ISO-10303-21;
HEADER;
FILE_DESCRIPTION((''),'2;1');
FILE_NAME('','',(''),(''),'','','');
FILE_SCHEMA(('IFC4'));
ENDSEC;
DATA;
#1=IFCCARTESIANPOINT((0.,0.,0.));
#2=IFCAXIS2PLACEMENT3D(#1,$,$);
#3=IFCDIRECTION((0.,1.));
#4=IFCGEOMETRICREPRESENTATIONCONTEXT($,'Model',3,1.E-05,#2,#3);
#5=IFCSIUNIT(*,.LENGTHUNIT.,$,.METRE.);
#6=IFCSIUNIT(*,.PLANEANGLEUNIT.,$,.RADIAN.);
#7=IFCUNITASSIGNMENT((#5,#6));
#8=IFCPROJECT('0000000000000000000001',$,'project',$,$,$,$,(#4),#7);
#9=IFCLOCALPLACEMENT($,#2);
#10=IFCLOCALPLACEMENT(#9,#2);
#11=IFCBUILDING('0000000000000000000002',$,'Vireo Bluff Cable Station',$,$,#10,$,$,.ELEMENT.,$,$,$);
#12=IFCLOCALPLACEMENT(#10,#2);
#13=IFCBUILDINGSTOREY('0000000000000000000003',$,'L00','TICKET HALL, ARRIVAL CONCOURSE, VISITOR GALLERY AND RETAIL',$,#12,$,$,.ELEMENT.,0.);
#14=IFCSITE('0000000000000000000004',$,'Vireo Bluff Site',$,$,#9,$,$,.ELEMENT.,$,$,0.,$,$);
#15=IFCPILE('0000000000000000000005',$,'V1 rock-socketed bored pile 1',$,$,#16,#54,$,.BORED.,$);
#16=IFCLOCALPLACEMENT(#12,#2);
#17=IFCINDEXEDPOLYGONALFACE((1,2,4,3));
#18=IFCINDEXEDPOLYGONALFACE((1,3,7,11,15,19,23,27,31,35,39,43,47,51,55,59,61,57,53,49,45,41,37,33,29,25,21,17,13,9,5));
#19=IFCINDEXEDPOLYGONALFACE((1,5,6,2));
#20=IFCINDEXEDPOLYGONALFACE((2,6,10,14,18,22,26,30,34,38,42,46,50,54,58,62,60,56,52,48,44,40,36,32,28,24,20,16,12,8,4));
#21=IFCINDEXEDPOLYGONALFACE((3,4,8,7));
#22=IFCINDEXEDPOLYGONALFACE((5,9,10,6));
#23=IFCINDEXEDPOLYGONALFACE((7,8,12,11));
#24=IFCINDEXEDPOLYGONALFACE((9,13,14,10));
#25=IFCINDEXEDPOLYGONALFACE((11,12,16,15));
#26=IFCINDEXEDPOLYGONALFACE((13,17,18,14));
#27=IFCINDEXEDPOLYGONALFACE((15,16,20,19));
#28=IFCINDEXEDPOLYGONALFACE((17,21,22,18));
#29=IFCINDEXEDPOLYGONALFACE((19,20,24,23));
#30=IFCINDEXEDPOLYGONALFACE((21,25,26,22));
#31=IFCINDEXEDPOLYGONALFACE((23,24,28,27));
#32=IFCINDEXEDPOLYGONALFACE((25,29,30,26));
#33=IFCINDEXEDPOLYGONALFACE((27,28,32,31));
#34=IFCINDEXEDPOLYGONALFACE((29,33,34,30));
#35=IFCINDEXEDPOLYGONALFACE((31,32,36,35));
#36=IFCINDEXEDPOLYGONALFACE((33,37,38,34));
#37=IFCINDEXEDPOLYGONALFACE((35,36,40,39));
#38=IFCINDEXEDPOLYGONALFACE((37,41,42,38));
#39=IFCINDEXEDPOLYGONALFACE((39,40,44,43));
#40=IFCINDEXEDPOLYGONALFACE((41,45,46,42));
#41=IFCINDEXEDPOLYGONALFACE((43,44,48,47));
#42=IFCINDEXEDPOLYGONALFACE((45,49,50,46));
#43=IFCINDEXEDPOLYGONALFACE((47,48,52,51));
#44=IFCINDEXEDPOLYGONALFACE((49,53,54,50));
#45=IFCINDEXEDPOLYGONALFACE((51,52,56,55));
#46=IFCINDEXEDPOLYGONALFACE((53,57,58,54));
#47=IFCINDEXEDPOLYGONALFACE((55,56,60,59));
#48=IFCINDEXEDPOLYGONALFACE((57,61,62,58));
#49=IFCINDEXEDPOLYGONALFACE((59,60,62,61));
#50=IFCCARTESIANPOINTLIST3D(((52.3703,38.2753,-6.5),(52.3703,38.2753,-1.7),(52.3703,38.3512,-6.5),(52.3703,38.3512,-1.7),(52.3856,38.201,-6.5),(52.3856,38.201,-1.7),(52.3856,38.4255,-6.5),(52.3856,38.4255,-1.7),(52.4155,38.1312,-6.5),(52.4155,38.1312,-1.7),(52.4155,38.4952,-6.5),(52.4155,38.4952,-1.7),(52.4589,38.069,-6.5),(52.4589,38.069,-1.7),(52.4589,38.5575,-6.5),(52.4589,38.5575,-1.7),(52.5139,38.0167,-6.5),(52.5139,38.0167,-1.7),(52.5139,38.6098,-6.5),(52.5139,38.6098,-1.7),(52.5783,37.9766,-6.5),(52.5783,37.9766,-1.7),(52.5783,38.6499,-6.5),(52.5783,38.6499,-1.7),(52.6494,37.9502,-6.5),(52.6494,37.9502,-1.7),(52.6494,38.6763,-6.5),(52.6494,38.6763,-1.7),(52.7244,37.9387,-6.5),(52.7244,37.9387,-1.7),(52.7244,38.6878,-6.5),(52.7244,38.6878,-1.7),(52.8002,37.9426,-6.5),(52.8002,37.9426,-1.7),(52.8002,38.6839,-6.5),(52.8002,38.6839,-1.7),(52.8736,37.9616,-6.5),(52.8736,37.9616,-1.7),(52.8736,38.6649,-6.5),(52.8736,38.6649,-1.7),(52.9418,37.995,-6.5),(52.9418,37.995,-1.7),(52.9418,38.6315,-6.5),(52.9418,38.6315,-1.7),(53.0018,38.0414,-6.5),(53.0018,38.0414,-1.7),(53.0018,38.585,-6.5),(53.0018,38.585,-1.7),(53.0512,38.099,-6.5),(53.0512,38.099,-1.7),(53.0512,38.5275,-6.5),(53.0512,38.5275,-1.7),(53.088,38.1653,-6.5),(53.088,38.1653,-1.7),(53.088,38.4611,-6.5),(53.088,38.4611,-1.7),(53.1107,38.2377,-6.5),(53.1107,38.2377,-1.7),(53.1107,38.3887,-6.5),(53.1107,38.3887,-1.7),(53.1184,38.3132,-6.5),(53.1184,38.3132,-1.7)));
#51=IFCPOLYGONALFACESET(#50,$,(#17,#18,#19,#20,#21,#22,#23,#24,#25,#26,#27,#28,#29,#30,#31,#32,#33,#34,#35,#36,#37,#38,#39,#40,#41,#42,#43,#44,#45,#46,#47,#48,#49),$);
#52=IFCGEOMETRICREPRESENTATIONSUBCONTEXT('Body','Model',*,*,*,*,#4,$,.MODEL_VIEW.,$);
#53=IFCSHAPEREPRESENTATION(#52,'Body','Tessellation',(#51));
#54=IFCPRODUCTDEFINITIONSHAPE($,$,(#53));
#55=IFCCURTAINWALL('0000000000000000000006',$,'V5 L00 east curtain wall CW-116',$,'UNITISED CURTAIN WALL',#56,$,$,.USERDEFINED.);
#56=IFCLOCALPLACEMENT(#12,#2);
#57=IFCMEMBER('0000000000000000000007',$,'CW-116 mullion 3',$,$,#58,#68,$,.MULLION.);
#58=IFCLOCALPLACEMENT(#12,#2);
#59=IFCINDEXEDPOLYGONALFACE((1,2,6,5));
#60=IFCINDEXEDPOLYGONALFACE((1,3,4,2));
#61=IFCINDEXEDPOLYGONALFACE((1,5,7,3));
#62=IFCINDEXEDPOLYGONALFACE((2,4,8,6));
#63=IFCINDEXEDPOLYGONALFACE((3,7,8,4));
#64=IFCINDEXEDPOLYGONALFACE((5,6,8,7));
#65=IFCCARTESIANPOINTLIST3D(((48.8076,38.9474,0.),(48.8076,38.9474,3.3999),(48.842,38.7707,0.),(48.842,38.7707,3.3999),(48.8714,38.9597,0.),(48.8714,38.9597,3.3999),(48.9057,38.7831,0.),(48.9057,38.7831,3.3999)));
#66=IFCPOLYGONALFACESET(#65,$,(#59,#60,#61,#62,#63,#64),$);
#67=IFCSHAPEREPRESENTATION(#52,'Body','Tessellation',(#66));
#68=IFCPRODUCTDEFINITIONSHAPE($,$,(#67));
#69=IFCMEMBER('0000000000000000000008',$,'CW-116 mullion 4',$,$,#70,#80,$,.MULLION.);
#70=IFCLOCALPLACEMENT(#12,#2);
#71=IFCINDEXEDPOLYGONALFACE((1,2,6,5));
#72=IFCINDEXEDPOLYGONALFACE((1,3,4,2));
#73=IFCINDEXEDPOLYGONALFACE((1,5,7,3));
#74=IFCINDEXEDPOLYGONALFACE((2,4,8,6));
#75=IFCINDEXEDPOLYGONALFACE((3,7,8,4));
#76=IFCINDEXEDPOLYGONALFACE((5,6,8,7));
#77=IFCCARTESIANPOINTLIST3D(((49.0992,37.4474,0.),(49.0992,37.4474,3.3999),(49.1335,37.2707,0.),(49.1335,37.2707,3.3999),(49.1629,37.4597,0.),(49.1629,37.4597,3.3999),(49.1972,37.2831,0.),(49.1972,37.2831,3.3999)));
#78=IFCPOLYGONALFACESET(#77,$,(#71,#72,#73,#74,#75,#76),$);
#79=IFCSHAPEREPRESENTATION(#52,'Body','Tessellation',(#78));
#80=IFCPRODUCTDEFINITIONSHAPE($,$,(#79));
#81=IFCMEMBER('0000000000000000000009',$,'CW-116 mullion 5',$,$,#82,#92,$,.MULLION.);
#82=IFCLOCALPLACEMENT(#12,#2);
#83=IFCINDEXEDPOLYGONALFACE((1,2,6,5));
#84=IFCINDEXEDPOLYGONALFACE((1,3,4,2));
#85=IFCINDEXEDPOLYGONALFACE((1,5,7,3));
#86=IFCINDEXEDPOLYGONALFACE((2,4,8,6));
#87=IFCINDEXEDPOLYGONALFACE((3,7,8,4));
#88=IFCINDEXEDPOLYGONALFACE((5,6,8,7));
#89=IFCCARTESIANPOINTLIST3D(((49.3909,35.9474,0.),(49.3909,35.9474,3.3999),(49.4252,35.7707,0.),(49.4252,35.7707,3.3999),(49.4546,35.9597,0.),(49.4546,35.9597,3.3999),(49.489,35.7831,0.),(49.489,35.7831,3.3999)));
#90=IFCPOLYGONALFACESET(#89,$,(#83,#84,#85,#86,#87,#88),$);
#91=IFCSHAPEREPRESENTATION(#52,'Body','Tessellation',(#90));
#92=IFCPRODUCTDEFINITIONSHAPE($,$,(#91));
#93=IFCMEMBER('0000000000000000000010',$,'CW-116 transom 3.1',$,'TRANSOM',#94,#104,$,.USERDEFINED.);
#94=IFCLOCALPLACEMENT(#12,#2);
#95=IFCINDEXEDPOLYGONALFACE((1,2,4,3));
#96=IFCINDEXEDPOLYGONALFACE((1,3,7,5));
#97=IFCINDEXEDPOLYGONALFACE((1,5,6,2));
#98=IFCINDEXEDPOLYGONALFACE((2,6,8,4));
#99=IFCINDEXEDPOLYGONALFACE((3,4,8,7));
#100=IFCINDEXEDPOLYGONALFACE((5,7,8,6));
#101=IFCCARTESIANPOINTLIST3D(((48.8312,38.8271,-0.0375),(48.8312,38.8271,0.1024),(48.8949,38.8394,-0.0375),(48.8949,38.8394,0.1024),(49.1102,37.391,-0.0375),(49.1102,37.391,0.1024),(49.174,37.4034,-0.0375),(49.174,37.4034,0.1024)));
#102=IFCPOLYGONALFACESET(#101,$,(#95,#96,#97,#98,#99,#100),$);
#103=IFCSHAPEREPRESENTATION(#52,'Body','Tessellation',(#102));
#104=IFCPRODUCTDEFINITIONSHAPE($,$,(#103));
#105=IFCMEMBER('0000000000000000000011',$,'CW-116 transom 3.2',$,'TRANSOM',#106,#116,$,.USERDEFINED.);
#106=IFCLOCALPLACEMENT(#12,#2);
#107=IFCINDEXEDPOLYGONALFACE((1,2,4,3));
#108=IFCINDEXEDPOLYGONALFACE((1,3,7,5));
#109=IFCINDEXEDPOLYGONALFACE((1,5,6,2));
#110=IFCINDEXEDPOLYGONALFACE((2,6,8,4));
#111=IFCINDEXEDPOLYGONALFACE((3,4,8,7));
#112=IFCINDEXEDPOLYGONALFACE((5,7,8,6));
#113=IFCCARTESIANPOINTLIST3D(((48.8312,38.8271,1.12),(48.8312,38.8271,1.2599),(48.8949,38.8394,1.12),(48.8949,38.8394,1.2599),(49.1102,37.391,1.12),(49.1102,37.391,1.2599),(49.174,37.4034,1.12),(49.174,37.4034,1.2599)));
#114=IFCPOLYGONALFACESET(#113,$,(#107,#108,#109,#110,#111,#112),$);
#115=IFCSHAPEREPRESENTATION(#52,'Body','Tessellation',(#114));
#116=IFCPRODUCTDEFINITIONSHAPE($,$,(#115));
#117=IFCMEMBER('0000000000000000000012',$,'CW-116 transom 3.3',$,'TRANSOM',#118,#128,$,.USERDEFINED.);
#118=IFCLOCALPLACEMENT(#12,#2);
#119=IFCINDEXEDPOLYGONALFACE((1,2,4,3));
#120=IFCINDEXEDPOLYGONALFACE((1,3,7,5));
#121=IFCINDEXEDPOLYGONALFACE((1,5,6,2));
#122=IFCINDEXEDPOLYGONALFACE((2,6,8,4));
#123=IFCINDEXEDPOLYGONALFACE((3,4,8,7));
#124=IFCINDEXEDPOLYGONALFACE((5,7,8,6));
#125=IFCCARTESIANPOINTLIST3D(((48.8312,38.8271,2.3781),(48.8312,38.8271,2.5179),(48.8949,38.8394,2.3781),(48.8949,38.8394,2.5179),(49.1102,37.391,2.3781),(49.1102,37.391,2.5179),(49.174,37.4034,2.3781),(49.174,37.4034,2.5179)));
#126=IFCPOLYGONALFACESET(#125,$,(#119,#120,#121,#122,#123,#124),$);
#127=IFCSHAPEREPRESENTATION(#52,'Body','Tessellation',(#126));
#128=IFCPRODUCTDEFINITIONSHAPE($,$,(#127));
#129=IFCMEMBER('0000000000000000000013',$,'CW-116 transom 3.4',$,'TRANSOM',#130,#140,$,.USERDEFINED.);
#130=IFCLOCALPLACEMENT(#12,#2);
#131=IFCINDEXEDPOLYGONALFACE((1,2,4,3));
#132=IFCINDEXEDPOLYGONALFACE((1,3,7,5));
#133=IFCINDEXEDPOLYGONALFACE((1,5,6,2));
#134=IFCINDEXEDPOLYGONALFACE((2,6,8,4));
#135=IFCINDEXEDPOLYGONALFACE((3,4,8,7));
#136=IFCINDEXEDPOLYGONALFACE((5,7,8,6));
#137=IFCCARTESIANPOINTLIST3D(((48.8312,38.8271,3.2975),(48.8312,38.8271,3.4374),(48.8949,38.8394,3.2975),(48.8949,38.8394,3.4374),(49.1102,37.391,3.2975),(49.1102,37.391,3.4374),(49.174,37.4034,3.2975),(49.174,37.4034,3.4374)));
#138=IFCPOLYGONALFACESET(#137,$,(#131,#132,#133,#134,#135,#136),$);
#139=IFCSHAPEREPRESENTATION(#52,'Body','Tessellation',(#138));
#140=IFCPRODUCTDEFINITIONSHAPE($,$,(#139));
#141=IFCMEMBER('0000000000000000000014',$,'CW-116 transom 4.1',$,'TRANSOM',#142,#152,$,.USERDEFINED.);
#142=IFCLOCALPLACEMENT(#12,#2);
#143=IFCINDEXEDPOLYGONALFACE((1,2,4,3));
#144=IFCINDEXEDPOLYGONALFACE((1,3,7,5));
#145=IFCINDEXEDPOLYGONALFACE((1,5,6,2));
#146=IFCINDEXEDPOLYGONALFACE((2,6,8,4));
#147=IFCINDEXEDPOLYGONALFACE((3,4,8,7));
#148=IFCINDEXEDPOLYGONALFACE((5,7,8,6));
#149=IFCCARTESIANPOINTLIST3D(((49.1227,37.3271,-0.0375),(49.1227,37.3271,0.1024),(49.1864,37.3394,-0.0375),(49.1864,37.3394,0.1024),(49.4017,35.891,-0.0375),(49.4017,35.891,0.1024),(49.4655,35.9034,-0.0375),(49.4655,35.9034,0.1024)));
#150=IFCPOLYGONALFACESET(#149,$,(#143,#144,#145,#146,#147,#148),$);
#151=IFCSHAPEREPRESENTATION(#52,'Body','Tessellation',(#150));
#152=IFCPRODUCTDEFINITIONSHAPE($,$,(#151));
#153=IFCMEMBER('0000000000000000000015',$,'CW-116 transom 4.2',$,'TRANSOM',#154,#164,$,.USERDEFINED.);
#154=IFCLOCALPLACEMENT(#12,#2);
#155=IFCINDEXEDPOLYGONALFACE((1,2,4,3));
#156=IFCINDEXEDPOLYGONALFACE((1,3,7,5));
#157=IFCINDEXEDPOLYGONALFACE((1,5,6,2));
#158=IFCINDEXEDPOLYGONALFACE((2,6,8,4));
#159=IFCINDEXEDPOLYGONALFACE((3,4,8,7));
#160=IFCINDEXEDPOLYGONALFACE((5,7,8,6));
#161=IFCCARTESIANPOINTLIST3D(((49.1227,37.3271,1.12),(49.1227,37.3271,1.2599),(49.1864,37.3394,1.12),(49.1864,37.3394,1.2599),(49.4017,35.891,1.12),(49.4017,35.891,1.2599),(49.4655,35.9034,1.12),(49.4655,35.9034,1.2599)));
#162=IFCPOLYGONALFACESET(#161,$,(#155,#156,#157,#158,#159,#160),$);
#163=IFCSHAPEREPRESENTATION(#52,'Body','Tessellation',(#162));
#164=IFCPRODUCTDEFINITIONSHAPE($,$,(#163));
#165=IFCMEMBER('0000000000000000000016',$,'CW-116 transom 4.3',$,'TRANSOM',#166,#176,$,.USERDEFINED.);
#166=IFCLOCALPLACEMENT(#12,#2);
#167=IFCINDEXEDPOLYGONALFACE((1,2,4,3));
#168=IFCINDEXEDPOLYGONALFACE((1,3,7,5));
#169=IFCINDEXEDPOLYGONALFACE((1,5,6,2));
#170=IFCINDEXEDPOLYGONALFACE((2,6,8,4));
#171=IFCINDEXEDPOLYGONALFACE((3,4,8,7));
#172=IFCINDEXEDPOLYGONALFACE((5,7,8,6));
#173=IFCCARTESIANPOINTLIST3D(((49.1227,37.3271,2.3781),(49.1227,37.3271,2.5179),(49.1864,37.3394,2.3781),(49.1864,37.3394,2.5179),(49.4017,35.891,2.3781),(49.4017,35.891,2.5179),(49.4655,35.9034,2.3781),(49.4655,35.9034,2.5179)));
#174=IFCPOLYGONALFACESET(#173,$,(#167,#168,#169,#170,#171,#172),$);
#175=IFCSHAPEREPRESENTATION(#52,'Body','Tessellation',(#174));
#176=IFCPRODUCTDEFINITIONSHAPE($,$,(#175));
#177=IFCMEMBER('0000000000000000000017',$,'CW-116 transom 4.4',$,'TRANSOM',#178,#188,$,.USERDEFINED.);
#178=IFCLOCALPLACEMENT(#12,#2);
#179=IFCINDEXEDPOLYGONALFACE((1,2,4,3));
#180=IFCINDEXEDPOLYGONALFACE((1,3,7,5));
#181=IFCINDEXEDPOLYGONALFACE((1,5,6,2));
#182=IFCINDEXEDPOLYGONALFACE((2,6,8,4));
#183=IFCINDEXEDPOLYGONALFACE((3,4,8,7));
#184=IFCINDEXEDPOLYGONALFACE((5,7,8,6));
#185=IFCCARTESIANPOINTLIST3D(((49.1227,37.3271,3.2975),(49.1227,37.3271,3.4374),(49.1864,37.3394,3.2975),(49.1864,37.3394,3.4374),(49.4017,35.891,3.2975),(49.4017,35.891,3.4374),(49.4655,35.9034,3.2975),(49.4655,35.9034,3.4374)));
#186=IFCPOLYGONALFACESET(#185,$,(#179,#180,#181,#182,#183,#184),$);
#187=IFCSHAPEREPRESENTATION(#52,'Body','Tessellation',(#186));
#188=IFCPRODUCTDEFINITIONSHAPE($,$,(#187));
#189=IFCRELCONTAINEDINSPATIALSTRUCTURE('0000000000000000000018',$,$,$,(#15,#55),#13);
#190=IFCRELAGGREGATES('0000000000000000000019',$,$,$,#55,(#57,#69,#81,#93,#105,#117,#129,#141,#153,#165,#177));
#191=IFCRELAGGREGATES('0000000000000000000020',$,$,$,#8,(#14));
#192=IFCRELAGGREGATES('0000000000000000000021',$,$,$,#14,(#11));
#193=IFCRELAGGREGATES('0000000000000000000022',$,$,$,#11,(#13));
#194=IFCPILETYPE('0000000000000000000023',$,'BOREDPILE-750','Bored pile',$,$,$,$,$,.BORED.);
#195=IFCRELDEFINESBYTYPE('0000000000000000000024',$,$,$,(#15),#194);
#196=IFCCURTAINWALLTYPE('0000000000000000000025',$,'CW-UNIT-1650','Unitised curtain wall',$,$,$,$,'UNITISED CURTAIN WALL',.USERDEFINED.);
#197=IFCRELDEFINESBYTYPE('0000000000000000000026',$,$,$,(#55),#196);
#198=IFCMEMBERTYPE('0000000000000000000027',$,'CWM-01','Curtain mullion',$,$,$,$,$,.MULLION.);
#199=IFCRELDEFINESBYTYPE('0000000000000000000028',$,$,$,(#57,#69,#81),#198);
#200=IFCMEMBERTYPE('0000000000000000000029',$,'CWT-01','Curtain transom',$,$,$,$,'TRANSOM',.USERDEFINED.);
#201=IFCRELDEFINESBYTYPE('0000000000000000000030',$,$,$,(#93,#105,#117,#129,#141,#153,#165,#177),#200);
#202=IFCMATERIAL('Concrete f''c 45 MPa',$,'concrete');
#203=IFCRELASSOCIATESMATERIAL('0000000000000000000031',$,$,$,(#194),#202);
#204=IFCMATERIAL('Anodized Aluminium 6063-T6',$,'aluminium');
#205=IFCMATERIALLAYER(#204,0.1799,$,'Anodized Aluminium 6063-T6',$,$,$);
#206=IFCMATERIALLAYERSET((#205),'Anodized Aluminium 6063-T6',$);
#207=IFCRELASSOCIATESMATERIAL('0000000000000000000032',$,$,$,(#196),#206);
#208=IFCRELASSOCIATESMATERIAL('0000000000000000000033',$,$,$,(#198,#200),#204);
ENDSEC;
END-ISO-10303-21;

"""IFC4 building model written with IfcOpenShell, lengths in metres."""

from ifc_helpers import new_model, si_unit, direction, frame, origin, origin_2d, place, context, subcontext, project, spatial, rectangle, circle, extrude, material, layer, layer_set, material_profile, profile_set, type_object, element, aggregate, save


model = new_model("IFC4")

# Units and contexts
model_context = context("Model", 3, precision=1e-05, world=origin(), true_north=direction((0.0, 1.0)))
body_context = subcontext(model_context, "Body", "Model", "MODEL_VIEW")
ifc_project = project(units=[si_unit("LENGTHUNIT", "METRE"), si_unit("PLANEANGLEUNIT", "RADIAN")], contexts=[model_context])

# Site, building, storey
site_placement = place(None, origin())
site = spatial("IfcSite", under=ifc_project, at=site_placement, Name="Vireo Bluff Site", CompositionType="ELEMENT", RefElevation=0.0)
building_placement = place(site_placement, origin())
building = spatial("IfcBuilding", under=site, at=building_placement, Name="Vireo Bluff Cable Station", CompositionType="ELEMENT")
storey_placement = place(building_placement, origin())
storey = spatial("IfcBuildingStorey", under=building, at=storey_placement, Name="L00", Description="TICKET HALL, ARRIVAL CONCOURSE, VISITOR GALLERY AND RETAIL", CompositionType="ELEMENT", Elevation=0.0)

# Pile
ifc_material_1 = material(Name="Concrete f'c 45 MPa", Category="concrete")
ifc_material_profile_1 = material_profile(ifc_material_1, circle(Radius=0.375, at=origin_2d()), Name="BOREDPILE-750")
ifc_profile_set_1 = profile_set([ifc_material_profile_1], Name="Concrete f'c 45 MPa")
pile_type = type_object("IfcPileType", Name="BOREDPILE-750", Description="Bored pile", PredefinedType="BORED", material=ifc_profile_set_1)
pile_placement = place(storey_placement, frame((52.7434, 38.3132, -1.7), z_axis=(0.0, 0.0, -1.0), x_axis=(1.0, 0.0, 0.0)))
element("IfcPile", 1, at=pile_placement, inside=storey, type_object=pile_type, Name="V1 rock-socketed bored pile 1", PredefinedType="BORED", context=body_context, shape_type="SweptSolid", body=[
    extrude(circle(Radius=0.375, at=origin_2d()), origin(), (0.0, 0.0, 1.0), 4.8),
])

# Curtain wall, members
ifc_material_2 = material(Name="Anodized Aluminium 6063-T6", Category="aluminium")
ifc_layer_1 = layer(ifc_material_2, 0.1799, Name="Anodized Aluminium 6063-T6")
ifc_layer_set_1 = layer_set([ifc_layer_1], Name="Anodized Aluminium 6063-T6")
curtain_wall_type = type_object("IfcCurtainWallType", Name="CW-UNIT-1650", Description="Unitised curtain wall", ElementType="UNITISED CURTAIN WALL", PredefinedType="USERDEFINED", material=ifc_layer_set_1)
curtain_wall_placement = place(storey_placement, origin())
curtain_wall = element("IfcCurtainWall", 2, at=curtain_wall_placement, inside=storey, type_object=curtain_wall_type, Name="V5 L00 east curtain wall CW-116", ObjectType="UNITISED CURTAIN WALL", PredefinedType="USERDEFINED")
ifc_material_profile_2 = material_profile(ifc_material_2, rectangle(XDim=0.0649, YDim=0.1799, at=origin_2d()), Name="ALU-M-65X180")
ifc_profile_set_2 = profile_set([ifc_material_profile_2], Name="Anodized Aluminium 6063-T6")
member_type_1 = type_object("IfcMemberType", Name="CWM-01", Description="Curtain mullion", PredefinedType="MULLION", material=ifc_profile_set_2)
member_1_placement = place(storey_placement, frame((48.8567, 38.8652, 0.0), z_axis=(0.0, 0.0, 1.0), x_axis=(0.981627, 0.190809, 0.0)))
member_1 = element("IfcMember", 3, at=member_1_placement, type_object=member_type_1, Name="CW-116 mullion 3", PredefinedType="MULLION", context=body_context, shape_type="SweptSolid", body=[
    extrude(rectangle(XDim=0.0649, YDim=0.1799, at=origin_2d()), origin(), (0.0, 0.0, 1.0), 3.3999),
])
member_2_placement = place(storey_placement, frame((49.1482, 37.3652, 0.0), z_axis=(0.0, 0.0, 1.0), x_axis=(0.981627, 0.190809, 0.0)))
member_2 = element("IfcMember", 4, at=member_2_placement, type_object=member_type_1, Name="CW-116 mullion 4", PredefinedType="MULLION", context=body_context, shape_type="SweptSolid", body=[
    extrude(rectangle(XDim=0.0649, YDim=0.1799, at=origin_2d()), origin(), (0.0, 0.0, 1.0), 3.3999),
])
member_3_placement = place(storey_placement, frame((49.4399, 35.8652, 0.0), z_axis=(0.0, 0.0, 1.0), x_axis=(0.981627, 0.190809, 0.0)))
member_3 = element("IfcMember", 5, at=member_3_placement, type_object=member_type_1, Name="CW-116 mullion 5", PredefinedType="MULLION", context=body_context, shape_type="SweptSolid", body=[
    extrude(rectangle(XDim=0.0649, YDim=0.1799, at=origin_2d()), origin(), (0.0, 0.0, 1.0), 3.3999),
])
ifc_material_profile_3 = material_profile(ifc_material_2, rectangle(XDim=0.0649, YDim=0.1399, at=origin_2d()), Name="ALU-T-65X140")
ifc_profile_set_3 = profile_set([ifc_material_profile_3], Name="Anodized Aluminium 6063-T6")
member_type_2 = type_object("IfcMemberType", Name="CWT-01", Description="Curtain transom", ElementType="TRANSOM", PredefinedType="USERDEFINED", material=ifc_profile_set_3)
member_4_placement = place(storey_placement, frame((48.863, 38.8333, 0.0325), z_axis=(0.190754, -0.981638, 0.0), x_axis=(0.981638, 0.190754, 0.0)))
member_4 = element("IfcMember", 6, at=member_4_placement, type_object=member_type_2, Name="CW-116 transom 3.1", ObjectType="TRANSOM", PredefinedType="USERDEFINED", context=body_context, shape_type="SweptSolid", body=[
    extrude(rectangle(XDim=0.0649, YDim=0.1399, at=origin_2d()), origin(), (0.0, 0.0, 1.0), 1.4629),
])
member_5_placement = place(storey_placement, frame((48.863, 38.8333, 1.1899), z_axis=(0.190754, -0.981638, 0.0), x_axis=(0.981638, 0.190754, 0.0)))
member_5 = element("IfcMember", 7, at=member_5_placement, type_object=member_type_2, Name="CW-116 transom 3.2", ObjectType="TRANSOM", PredefinedType="USERDEFINED", context=body_context, shape_type="SweptSolid", body=[
    extrude(rectangle(XDim=0.0649, YDim=0.1399, at=origin_2d()), origin(), (0.0, 0.0, 1.0), 1.4629),
])
member_6_placement = place(storey_placement, frame((48.863, 38.8333, 2.448), z_axis=(0.190754, -0.981638, 0.0), x_axis=(0.981638, 0.190754, 0.0)))
member_6 = element("IfcMember", 8, at=member_6_placement, type_object=member_type_2, Name="CW-116 transom 3.3", ObjectType="TRANSOM", PredefinedType="USERDEFINED", context=body_context, shape_type="SweptSolid", body=[
    extrude(rectangle(XDim=0.0649, YDim=0.1399, at=origin_2d()), origin(), (0.0, 0.0, 1.0), 1.4629),
])
member_7_placement = place(storey_placement, frame((48.863, 38.8333, 3.3674), z_axis=(0.190754, -0.981638, 0.0), x_axis=(0.981638, 0.190754, 0.0)))
member_7 = element("IfcMember", 9, at=member_7_placement, type_object=member_type_2, Name="CW-116 transom 3.4", ObjectType="TRANSOM", PredefinedType="USERDEFINED", context=body_context, shape_type="SweptSolid", body=[
    extrude(rectangle(XDim=0.0649, YDim=0.1399, at=origin_2d()), origin(), (0.0, 0.0, 1.0), 1.4629),
])
member_8_placement = place(storey_placement, frame((49.1545, 37.3333, 0.0325), z_axis=(0.190754, -0.981638, 0.0), x_axis=(0.981638, 0.190754, 0.0)))
member_8 = element("IfcMember", 10, at=member_8_placement, type_object=member_type_2, Name="CW-116 transom 4.1", ObjectType="TRANSOM", PredefinedType="USERDEFINED", context=body_context, shape_type="SweptSolid", body=[
    extrude(rectangle(XDim=0.0649, YDim=0.1399, at=origin_2d()), origin(), (0.0, 0.0, 1.0), 1.4629),
])
member_9_placement = place(storey_placement, frame((49.1545, 37.3333, 1.1899), z_axis=(0.190754, -0.981638, 0.0), x_axis=(0.981638, 0.190754, 0.0)))
member_9 = element("IfcMember", 11, at=member_9_placement, type_object=member_type_2, Name="CW-116 transom 4.2", ObjectType="TRANSOM", PredefinedType="USERDEFINED", context=body_context, shape_type="SweptSolid", body=[
    extrude(rectangle(XDim=0.0649, YDim=0.1399, at=origin_2d()), origin(), (0.0, 0.0, 1.0), 1.4629),
])
member_10_placement = place(storey_placement, frame((49.1545, 37.3333, 2.448), z_axis=(0.190754, -0.981638, 0.0), x_axis=(0.981638, 0.190754, 0.0)))
member_10 = element("IfcMember", 12, at=member_10_placement, type_object=member_type_2, Name="CW-116 transom 4.3", ObjectType="TRANSOM", PredefinedType="USERDEFINED", context=body_context, shape_type="SweptSolid", body=[
    extrude(rectangle(XDim=0.0649, YDim=0.1399, at=origin_2d()), origin(), (0.0, 0.0, 1.0), 1.4629),
])
member_11_placement = place(storey_placement, frame((49.1545, 37.3333, 3.3674), z_axis=(0.190754, -0.981638, 0.0), x_axis=(0.981638, 0.190754, 0.0)))
member_11 = element("IfcMember", 13, at=member_11_placement, type_object=member_type_2, Name="CW-116 transom 4.4", ObjectType="TRANSOM", PredefinedType="USERDEFINED", context=body_context, shape_type="SweptSolid", body=[
    extrude(rectangle(XDim=0.0649, YDim=0.1399, at=origin_2d()), origin(), (0.0, 0.0, 1.0), 1.4629),
])
aggregate(curtain_wall, [member_1, member_2, member_3, member_4, member_5, member_6, member_7, member_8, member_9, member_10, member_11])

save(model, "model.ifc")
